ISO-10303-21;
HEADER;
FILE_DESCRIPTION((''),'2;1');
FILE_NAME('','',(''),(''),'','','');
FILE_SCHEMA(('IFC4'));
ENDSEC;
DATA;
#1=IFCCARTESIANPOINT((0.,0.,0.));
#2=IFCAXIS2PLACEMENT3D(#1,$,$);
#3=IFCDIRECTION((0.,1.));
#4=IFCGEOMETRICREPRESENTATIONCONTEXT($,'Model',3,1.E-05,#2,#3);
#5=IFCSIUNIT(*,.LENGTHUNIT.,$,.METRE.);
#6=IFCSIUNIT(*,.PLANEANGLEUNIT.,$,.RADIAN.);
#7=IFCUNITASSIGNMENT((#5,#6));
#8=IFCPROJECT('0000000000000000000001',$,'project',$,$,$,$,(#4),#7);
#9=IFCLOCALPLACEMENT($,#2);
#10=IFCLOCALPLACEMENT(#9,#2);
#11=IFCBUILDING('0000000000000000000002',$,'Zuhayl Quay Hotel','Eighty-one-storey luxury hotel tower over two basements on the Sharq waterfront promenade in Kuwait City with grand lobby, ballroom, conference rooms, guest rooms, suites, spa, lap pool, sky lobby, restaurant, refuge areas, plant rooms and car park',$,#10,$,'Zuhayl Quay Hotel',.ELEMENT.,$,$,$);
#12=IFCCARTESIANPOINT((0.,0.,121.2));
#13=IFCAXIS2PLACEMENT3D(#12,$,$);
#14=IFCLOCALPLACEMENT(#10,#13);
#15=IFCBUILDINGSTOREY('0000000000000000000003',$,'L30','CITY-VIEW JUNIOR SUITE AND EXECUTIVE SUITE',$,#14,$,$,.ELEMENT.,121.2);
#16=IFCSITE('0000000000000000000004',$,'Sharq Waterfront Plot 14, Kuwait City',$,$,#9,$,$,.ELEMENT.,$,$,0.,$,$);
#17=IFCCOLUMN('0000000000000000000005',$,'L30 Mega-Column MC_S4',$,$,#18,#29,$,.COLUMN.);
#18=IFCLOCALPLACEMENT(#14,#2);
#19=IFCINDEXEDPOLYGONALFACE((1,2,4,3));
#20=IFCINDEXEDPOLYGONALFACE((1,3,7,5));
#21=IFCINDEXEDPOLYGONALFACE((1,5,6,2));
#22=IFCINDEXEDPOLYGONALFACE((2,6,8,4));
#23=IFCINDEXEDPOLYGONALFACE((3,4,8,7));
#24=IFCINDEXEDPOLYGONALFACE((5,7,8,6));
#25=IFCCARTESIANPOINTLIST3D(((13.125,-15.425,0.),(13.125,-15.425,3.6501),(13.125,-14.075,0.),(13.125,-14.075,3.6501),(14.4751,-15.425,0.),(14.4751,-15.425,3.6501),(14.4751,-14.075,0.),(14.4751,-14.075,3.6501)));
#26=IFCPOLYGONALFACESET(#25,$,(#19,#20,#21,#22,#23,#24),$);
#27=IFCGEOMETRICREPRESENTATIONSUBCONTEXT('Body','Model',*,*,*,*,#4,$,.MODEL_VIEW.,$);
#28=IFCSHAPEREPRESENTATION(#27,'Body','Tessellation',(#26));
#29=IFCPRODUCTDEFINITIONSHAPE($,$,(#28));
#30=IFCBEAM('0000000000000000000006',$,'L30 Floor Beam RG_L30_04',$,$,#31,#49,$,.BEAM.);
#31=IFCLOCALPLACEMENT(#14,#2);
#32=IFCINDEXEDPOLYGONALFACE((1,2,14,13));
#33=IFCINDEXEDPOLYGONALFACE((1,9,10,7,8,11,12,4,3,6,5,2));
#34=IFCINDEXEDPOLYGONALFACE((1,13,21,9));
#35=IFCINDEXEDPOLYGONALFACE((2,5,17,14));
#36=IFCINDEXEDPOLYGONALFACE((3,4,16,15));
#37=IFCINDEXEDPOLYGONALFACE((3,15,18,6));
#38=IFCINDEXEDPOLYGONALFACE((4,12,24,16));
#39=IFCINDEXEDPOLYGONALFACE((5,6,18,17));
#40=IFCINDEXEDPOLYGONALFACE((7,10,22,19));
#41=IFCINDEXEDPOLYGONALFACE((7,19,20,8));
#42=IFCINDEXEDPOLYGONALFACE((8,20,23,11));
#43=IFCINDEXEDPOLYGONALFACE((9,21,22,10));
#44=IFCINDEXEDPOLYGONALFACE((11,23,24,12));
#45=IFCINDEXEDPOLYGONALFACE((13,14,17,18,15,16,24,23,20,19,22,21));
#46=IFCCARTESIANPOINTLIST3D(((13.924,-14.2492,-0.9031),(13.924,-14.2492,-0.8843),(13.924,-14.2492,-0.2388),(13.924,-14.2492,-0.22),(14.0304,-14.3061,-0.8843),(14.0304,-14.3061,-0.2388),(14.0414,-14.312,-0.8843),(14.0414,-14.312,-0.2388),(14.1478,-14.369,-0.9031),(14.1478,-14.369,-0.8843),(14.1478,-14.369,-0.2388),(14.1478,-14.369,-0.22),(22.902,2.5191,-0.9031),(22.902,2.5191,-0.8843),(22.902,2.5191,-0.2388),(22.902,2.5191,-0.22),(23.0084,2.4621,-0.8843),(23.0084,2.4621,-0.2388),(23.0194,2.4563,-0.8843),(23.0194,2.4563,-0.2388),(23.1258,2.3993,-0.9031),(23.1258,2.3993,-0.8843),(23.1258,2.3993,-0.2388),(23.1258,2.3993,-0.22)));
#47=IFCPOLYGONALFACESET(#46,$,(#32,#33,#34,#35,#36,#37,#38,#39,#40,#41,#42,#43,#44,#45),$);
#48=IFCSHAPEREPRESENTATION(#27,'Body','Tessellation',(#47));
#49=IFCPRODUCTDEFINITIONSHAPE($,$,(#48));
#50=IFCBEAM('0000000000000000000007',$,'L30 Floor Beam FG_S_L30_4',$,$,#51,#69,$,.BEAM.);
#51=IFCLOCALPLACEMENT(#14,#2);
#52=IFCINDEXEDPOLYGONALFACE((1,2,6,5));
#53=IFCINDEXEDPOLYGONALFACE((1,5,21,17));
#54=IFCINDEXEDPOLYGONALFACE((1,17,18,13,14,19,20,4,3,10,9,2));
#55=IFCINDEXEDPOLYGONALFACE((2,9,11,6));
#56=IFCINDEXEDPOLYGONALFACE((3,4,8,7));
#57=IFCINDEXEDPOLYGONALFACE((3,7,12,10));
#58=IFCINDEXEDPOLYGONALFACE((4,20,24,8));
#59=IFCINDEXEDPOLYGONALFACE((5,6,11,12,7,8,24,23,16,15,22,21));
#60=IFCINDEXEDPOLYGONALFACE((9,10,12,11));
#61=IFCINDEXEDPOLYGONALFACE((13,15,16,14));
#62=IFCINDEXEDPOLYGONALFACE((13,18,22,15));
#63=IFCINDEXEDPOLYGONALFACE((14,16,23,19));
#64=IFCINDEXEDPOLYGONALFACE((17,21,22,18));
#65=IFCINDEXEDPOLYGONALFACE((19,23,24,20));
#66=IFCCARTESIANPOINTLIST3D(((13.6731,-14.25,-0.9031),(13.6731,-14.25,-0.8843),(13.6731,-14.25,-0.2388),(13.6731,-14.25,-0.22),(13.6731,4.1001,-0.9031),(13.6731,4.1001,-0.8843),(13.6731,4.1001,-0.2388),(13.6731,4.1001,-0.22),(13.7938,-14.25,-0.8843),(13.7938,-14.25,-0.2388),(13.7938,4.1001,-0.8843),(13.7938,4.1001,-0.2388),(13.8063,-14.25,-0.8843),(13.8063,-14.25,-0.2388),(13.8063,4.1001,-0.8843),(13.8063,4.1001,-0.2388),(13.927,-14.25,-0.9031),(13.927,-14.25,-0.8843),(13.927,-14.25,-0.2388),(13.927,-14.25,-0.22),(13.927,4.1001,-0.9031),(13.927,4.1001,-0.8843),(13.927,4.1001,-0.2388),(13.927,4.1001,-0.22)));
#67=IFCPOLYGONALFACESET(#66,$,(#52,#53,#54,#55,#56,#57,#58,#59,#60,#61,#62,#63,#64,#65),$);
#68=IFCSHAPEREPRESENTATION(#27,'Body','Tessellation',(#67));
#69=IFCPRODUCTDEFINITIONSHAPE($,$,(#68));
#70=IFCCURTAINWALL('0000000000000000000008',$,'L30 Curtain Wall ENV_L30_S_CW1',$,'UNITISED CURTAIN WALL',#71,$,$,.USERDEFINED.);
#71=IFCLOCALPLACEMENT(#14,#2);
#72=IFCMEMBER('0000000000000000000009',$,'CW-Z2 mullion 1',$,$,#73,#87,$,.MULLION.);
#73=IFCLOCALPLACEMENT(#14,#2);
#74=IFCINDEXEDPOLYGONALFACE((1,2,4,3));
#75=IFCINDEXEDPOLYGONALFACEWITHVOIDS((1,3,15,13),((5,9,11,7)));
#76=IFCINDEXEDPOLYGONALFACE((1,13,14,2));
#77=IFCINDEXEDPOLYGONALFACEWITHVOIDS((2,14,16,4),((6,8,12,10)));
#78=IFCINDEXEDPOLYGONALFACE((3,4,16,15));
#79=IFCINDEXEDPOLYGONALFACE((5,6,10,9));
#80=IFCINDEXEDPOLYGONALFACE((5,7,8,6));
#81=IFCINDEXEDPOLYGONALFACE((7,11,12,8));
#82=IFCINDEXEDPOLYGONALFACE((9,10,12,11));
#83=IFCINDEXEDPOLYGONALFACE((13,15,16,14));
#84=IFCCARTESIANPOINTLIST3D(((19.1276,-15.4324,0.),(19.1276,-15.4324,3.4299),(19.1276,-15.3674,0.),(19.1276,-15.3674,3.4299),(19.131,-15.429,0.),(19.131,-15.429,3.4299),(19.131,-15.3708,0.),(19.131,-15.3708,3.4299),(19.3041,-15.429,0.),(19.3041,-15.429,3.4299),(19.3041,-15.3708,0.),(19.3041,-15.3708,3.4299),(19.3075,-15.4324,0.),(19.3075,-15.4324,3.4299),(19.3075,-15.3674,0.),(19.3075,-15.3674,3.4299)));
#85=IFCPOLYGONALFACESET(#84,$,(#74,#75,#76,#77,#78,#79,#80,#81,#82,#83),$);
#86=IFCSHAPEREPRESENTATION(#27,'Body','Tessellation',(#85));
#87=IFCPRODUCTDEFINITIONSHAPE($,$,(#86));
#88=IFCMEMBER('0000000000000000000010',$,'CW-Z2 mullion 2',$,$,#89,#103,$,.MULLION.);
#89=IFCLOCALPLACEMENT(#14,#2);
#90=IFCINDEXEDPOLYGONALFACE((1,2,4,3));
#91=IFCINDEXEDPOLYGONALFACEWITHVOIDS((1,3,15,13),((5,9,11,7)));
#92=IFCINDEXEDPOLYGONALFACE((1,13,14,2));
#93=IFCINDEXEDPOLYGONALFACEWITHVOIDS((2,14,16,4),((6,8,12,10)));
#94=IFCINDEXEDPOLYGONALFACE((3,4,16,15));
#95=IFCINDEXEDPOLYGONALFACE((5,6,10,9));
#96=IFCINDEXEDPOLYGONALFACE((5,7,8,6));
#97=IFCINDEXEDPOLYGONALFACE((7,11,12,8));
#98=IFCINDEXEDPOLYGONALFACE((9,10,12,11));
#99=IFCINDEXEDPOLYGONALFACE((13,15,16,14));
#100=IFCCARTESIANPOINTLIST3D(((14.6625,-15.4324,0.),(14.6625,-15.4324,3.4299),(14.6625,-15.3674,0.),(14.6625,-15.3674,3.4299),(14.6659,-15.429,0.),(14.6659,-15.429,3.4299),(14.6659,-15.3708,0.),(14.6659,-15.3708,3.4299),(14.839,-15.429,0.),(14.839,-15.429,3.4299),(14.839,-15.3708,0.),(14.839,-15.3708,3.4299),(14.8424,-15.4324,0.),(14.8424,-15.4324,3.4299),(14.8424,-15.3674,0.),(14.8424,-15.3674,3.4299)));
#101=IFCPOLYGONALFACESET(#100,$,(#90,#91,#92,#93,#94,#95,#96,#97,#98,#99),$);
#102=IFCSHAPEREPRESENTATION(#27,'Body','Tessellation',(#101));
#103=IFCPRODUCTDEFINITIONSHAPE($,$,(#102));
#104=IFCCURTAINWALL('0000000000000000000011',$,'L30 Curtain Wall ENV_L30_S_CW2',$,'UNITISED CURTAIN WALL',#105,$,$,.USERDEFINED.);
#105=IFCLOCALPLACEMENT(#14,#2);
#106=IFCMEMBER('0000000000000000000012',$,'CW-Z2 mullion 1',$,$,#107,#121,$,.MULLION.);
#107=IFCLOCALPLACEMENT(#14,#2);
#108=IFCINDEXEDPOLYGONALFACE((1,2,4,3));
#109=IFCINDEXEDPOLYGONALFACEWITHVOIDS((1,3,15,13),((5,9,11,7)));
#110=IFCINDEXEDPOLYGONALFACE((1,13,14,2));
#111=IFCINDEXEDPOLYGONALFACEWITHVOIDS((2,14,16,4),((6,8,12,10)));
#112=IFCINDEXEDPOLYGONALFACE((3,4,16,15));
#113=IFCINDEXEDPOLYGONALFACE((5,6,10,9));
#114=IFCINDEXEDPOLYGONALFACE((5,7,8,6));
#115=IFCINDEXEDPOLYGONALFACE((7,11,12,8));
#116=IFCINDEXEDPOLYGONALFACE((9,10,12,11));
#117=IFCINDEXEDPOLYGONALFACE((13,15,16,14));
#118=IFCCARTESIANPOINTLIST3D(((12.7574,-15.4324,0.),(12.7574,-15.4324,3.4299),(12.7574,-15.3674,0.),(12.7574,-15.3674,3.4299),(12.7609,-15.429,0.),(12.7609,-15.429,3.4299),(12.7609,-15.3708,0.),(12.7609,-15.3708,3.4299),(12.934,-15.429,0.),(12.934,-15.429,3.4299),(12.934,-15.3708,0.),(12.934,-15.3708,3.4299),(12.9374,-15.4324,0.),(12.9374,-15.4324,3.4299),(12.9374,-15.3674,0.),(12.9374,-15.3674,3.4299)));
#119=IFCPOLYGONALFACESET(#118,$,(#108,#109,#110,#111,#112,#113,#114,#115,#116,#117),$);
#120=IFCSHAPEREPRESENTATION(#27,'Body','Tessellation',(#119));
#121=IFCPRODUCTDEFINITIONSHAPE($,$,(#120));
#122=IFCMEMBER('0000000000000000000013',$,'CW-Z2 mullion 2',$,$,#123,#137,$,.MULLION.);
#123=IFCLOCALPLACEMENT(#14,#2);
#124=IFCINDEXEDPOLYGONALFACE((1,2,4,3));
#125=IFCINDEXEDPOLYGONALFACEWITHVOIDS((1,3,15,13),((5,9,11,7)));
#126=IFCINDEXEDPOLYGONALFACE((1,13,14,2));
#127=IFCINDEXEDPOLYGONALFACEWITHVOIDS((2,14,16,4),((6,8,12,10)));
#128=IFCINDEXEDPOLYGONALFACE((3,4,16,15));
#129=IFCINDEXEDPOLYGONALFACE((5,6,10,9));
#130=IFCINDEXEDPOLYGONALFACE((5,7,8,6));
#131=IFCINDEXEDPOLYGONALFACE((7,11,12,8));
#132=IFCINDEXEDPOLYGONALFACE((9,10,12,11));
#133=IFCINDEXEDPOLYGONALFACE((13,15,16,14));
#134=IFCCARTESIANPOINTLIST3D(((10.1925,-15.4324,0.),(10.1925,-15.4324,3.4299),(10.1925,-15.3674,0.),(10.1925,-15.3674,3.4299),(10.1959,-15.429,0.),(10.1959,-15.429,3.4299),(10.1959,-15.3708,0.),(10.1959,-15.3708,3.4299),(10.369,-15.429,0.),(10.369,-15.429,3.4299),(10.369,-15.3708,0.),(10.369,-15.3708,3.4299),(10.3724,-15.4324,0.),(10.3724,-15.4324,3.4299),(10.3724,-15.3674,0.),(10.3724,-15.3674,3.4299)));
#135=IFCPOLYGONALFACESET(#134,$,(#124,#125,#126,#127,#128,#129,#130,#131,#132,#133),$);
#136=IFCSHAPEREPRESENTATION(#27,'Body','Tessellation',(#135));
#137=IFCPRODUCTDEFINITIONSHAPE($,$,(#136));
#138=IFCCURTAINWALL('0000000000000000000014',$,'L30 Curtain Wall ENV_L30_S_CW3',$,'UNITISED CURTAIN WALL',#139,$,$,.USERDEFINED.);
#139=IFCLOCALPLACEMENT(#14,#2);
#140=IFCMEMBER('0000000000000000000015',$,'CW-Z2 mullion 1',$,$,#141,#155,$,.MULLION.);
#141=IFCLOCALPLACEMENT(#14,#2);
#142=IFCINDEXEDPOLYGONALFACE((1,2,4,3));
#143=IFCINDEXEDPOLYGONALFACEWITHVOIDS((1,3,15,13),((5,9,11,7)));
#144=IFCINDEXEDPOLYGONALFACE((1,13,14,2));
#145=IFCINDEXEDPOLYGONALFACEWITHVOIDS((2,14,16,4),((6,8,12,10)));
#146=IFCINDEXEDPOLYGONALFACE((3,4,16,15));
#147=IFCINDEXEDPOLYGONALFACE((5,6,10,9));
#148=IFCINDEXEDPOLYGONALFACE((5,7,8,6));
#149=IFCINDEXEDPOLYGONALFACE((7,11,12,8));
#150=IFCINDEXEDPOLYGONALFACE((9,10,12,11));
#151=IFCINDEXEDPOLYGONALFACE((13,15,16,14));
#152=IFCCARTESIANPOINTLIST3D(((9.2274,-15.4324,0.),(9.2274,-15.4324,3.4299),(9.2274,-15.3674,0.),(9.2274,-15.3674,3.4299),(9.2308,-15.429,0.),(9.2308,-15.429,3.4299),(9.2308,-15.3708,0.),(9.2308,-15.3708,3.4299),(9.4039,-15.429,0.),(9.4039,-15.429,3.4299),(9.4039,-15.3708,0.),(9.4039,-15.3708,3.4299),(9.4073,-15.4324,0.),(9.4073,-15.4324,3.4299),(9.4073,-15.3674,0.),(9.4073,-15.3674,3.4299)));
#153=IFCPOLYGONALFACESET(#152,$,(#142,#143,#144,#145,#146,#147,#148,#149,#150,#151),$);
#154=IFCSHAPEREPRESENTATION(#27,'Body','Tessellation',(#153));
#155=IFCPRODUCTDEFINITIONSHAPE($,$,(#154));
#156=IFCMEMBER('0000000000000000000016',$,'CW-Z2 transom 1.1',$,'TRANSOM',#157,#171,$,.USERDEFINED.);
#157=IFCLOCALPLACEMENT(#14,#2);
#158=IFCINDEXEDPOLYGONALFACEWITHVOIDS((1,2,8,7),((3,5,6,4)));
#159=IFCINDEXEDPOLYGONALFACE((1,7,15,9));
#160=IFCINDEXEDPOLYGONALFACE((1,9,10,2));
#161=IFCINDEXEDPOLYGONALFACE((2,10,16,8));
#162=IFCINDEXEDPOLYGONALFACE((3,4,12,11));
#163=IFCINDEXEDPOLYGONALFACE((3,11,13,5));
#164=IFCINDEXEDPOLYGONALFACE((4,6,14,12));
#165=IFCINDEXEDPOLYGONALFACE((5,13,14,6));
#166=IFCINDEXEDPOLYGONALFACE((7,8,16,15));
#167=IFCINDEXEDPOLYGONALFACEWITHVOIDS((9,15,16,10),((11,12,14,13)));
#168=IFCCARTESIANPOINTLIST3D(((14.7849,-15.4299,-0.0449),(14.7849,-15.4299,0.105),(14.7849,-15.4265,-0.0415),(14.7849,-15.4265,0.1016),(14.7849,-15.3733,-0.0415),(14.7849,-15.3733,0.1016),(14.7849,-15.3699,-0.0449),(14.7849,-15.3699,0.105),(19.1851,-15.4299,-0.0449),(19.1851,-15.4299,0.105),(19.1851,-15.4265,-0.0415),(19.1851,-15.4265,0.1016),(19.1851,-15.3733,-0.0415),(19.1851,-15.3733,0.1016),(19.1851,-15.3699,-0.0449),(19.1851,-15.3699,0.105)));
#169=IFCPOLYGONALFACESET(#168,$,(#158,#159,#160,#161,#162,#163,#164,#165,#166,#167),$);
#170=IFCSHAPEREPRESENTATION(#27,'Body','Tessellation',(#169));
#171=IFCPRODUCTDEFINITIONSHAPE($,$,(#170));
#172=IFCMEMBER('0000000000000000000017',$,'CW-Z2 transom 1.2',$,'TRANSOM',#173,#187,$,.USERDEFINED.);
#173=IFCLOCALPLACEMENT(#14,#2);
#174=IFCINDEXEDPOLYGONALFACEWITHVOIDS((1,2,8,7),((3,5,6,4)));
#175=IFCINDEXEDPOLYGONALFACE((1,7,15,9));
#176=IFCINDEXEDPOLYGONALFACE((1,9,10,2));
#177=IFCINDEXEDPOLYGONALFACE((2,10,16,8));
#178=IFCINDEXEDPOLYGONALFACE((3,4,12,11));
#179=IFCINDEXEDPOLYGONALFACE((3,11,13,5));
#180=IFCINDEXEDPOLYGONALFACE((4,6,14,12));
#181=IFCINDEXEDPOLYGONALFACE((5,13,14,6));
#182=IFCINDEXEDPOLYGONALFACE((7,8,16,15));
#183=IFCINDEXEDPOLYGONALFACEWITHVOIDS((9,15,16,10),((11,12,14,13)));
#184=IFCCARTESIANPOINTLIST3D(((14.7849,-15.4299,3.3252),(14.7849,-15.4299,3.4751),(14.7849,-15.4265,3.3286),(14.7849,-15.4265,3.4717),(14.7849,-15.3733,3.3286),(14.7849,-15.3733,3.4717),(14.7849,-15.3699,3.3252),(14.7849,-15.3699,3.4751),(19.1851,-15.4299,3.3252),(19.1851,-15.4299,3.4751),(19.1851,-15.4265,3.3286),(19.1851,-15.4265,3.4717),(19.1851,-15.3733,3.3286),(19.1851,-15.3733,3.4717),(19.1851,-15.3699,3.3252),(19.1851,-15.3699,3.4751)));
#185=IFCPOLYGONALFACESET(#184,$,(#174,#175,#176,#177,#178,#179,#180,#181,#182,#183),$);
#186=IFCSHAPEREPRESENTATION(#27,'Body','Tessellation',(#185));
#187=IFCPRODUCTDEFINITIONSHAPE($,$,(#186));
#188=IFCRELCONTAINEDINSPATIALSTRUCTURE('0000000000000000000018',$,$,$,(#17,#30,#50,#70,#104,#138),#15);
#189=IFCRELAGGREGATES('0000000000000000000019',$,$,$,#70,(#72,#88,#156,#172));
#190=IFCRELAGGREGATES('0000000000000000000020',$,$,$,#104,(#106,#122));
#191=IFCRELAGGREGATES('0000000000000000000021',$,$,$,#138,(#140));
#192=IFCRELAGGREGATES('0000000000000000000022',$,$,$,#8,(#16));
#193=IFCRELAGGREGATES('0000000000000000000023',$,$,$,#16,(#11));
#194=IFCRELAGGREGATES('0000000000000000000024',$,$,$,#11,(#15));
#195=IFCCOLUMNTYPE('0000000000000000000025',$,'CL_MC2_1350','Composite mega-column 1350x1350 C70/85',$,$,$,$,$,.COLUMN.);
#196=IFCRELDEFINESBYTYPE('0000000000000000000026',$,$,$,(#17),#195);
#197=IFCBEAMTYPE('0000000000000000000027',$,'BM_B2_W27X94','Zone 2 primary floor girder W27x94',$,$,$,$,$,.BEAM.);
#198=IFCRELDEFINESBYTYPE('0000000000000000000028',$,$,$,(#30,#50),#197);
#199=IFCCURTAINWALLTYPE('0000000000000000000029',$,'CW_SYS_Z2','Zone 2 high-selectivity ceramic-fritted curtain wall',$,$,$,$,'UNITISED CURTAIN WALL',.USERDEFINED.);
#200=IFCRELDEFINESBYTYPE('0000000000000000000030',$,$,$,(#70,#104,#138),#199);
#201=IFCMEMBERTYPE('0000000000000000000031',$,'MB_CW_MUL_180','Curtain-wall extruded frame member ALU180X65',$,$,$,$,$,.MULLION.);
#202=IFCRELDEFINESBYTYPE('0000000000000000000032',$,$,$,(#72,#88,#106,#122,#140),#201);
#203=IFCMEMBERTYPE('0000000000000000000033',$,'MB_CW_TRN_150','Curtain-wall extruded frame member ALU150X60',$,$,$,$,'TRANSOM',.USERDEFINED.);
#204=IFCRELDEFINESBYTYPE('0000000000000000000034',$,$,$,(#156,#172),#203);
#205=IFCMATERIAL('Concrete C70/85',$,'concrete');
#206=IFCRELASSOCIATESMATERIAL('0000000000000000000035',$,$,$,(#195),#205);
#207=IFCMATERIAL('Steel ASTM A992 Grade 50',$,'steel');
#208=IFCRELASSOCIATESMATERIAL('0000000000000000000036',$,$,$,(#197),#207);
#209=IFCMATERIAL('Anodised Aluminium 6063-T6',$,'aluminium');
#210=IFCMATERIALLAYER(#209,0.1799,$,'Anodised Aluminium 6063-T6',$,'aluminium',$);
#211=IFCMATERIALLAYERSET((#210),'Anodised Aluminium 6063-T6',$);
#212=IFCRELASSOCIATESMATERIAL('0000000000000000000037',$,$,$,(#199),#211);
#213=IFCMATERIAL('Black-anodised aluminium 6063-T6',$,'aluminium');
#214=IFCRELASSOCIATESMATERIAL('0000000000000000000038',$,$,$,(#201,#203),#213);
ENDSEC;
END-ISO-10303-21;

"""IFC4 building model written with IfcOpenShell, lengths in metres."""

from ifc_helpers import new_model, si_unit, direction, frame, origin, origin_2d, place, context, subcontext, project, spatial, rectangle, hollow_rectangle, i_section, extrude, material, layer, layer_set, material_profile, profile_set, type_object, element, aggregate, save


model = new_model("IFC4")

# Units and contexts
model_context = context("Model", 3, precision=1e-05, world=origin(), true_north=direction((0.0, 1.0)))
body_context = subcontext(model_context, "Body", "Model", "MODEL_VIEW")
ifc_project = project(units=[si_unit("LENGTHUNIT", "METRE"), si_unit("PLANEANGLEUNIT", "RADIAN")], contexts=[model_context])

# Site, building, storey
site_placement = place(None, origin())
site = spatial("IfcSite", under=ifc_project, at=site_placement, Name="Sharq Waterfront Plot 14, Kuwait City", CompositionType="ELEMENT", RefElevation=0.0)
building_placement = place(site_placement, origin())
building = spatial("IfcBuilding", under=site, at=building_placement, Name="Zuhayl Quay Hotel", Description="Eighty-one-storey luxury hotel tower over two basements on the Sharq waterfront promenade in Kuwait City with grand lobby, ballroom, conference rooms, guest rooms, suites, spa, lap pool, sky lobby, restaurant, refuge areas, plant rooms and car park", LongName="Zuhayl Quay Hotel", CompositionType="ELEMENT")
storey_placement = place(building_placement, frame((0.0, 0.0, 121.2)))
storey = spatial("IfcBuildingStorey", under=building, at=storey_placement, Name="L30", Description="CITY-VIEW JUNIOR SUITE AND EXECUTIVE SUITE", CompositionType="ELEMENT", Elevation=121.2)

# Column
ifc_material_1 = material(Name="Concrete C70/85", Category="concrete")
ifc_material_profile_1 = material_profile(ifc_material_1, rectangle(XDim=1.3501, YDim=1.3501, at=origin_2d()), Name="RC1350X1350")
ifc_profile_set_1 = profile_set([ifc_material_profile_1], Name="Concrete C70/85")
column_type = type_object("IfcColumnType", Name="CL_MC2_1350", Description="Composite mega-column 1350x1350 C70/85", PredefinedType="COLUMN", material=ifc_profile_set_1)
column_placement = place(storey_placement, frame((13.8, -14.75, 0.0), z_axis=(0.0, 0.0, 1.0), x_axis=(1.0, 0.0, 0.0)))
element("IfcColumn", 1, at=column_placement, inside=storey, type_object=column_type, Name="L30 Mega-Column MC_S4", PredefinedType="COLUMN", context=body_context, shape_type="SweptSolid", body=[
    extrude(rectangle(XDim=1.3501, YDim=1.3501, at=origin_2d()), origin(), (0.0, 0.0, 1.0), 3.6501),
])

# Beams
ifc_material_2 = material(Name="Steel ASTM A992 Grade 50", Category="steel")
ifc_material_profile_2 = material_profile(ifc_material_2, i_section(OverallWidth=0.2539, OverallDepth=0.6831, WebThickness=0.0125, FlangeThickness=0.0188, at=origin_2d()), Name="W27X94")
ifc_profile_set_2 = profile_set([ifc_material_profile_2], Name="Steel ASTM A992 Grade 50")
beam_type = type_object("IfcBeamType", Name="BM_B2_W27X94", Description="Zone 2 primary floor girder W27x94", PredefinedType="BEAM", material=ifc_profile_set_2)
beam_1_placement = place(storey_placement, frame((14.0359, -14.3091, -0.5615), z_axis=(0.472017, 0.881589, 0.0), x_axis=(-0.881589, 0.472017, 0.0)))
element("IfcBeam", 2, at=beam_1_placement, inside=storey, type_object=beam_type, Name="L30 Floor Beam RG_L30_04", PredefinedType="BEAM", context=body_context, shape_type="SweptSolid", body=[
    extrude(i_section(OverallWidth=0.2539, OverallDepth=0.6831, WebThickness=0.0125, FlangeThickness=0.0188, at=origin_2d()), origin(), (0.0, 0.0, 1.0), 19.0205),
])
beam_2_placement = place(storey_placement, frame((13.8, -14.25, -0.5615), z_axis=(0.0, 1.0, 0.0), x_axis=(-1.0, 0.0, 0.0)))
element("IfcBeam", 3, at=beam_2_placement, inside=storey, type_object=beam_type, Name="L30 Floor Beam FG_S_L30_4", PredefinedType="BEAM", context=body_context, shape_type="SweptSolid", body=[
    extrude(i_section(OverallWidth=0.2539, OverallDepth=0.6831, WebThickness=0.0125, FlangeThickness=0.0188, at=origin_2d()), origin(), (0.0, 0.0, 1.0), 18.3501),
])

# Curtain walls, members
ifc_material_3 = material(Name="Anodised Aluminium 6063-T6", Category="aluminium")
ifc_layer_1 = layer(ifc_material_3, 0.1799, Name="Anodised Aluminium 6063-T6", Category="aluminium")
ifc_layer_set_1 = layer_set([ifc_layer_1], Name="Anodised Aluminium 6063-T6")
curtain_wall_type = type_object("IfcCurtainWallType", Name="CW_SYS_Z2", Description="Zone 2 high-selectivity ceramic-fritted curtain wall", ElementType="UNITISED CURTAIN WALL", PredefinedType="USERDEFINED", material=ifc_layer_set_1)
curtain_wall_1_placement = place(storey_placement, origin())
curtain_wall_1 = element("IfcCurtainWall", 4, at=curtain_wall_1_placement, inside=storey, type_object=curtain_wall_type, Name="L30 Curtain Wall ENV_L30_S_CW1", ObjectType="UNITISED CURTAIN WALL", PredefinedType="USERDEFINED")
ifc_material_4 = material(Name="Black-anodised aluminium 6063-T6", Category="aluminium")
ifc_material_profile_3 = material_profile(ifc_material_4, hollow_rectangle(XDim=0.0649, YDim=0.1799, WallThickness=0.0034, at=origin_2d()), Name="ALU180X65")
ifc_profile_set_3 = profile_set([ifc_material_profile_3], Name="Black-anodised aluminium 6063-T6")
member_type_1 = type_object("IfcMemberType", Name="MB_CW_MUL_180", Description="Curtain-wall extruded frame member ALU180X65", PredefinedType="MULLION", material=ifc_profile_set_3)
member_1_placement = place(storey_placement, frame((19.2175, -15.3999, 0.0), z_axis=(0.0, 0.0, 1.0), x_axis=(0.0, -1.0, 0.0)))
member_1 = element("IfcMember", 5, at=member_1_placement, type_object=member_type_1, Name="CW-Z2 mullion 1", PredefinedType="MULLION", context=body_context, shape_type="SweptSolid", body=[
    extrude(hollow_rectangle(XDim=0.0649, YDim=0.1799, WallThickness=0.0034, at=origin_2d()), origin(), (0.0, 0.0, 1.0), 3.4299),
])
member_2_placement = place(storey_placement, frame((14.7524, -15.3999, 0.0), z_axis=(0.0, 0.0, 1.0), x_axis=(0.0, -1.0, 0.0)))
member_2 = element("IfcMember", 6, at=member_2_placement, type_object=member_type_1, Name="CW-Z2 mullion 2", PredefinedType="MULLION", context=body_context, shape_type="SweptSolid", body=[
    extrude(hollow_rectangle(XDim=0.0649, YDim=0.1799, WallThickness=0.0034, at=origin_2d()), origin(), (0.0, 0.0, 1.0), 3.4299),
])
curtain_wall_2_placement = place(storey_placement, origin())
curtain_wall_2 = element("IfcCurtainWall", 7, at=curtain_wall_2_placement, inside=storey, type_object=curtain_wall_type, Name="L30 Curtain Wall ENV_L30_S_CW2", ObjectType="UNITISED CURTAIN WALL", PredefinedType="USERDEFINED")
member_3_placement = place(storey_placement, frame((12.8474, -15.3999, 0.0), z_axis=(0.0, 0.0, 1.0), x_axis=(0.0, -1.0, 0.0)))
member_3 = element("IfcMember", 8, at=member_3_placement, type_object=member_type_1, Name="CW-Z2 mullion 1", PredefinedType="MULLION", context=body_context, shape_type="SweptSolid", body=[
    extrude(hollow_rectangle(XDim=0.0649, YDim=0.1799, WallThickness=0.0034, at=origin_2d()), origin(), (0.0, 0.0, 1.0), 3.4299),
])
member_4_placement = place(storey_placement, frame((10.2825, -15.3999, 0.0), z_axis=(0.0, 0.0, 1.0), x_axis=(0.0, -1.0, 0.0)))
member_4 = element("IfcMember", 9, at=member_4_placement, type_object=member_type_1, Name="CW-Z2 mullion 2", PredefinedType="MULLION", context=body_context, shape_type="SweptSolid", body=[
    extrude(hollow_rectangle(XDim=0.0649, YDim=0.1799, WallThickness=0.0034, at=origin_2d()), origin(), (0.0, 0.0, 1.0), 3.4299),
])

# Curtain wall, member
curtain_wall_3_placement = place(storey_placement, origin())
curtain_wall_3 = element("IfcCurtainWall", 10, at=curtain_wall_3_placement, inside=storey, type_object=curtain_wall_type, Name="L30 Curtain Wall ENV_L30_S_CW3", ObjectType="UNITISED CURTAIN WALL", PredefinedType="USERDEFINED")
member_5_placement = place(storey_placement, frame((9.3174, -15.3999, 0.0), z_axis=(0.0, 0.0, 1.0), x_axis=(0.0, -1.0, 0.0)))
member_5 = element("IfcMember", 11, at=member_5_placement, type_object=member_type_1, Name="CW-Z2 mullion 1", PredefinedType="MULLION", context=body_context, shape_type="SweptSolid", body=[
    extrude(hollow_rectangle(XDim=0.0649, YDim=0.1799, WallThickness=0.0034, at=origin_2d()), origin(), (0.0, 0.0, 1.0), 3.4299),
])

# Members
ifc_material_profile_4 = material_profile(ifc_material_4, hollow_rectangle(XDim=0.0601, YDim=0.1499, WallThickness=0.0034, at=origin_2d()), Name="ALU150X60")
ifc_profile_set_4 = profile_set([ifc_material_profile_4], Name="Black-anodised aluminium 6063-T6")
member_type_2 = type_object("IfcMemberType", Name="MB_CW_TRN_150", Description="Curtain-wall extruded frame member ALU150X60", ElementType="TRANSOM", PredefinedType="USERDEFINED", material=ifc_profile_set_4)
member_6_placement = place(storey_placement, frame((19.1851, -15.3999, 0.03), z_axis=(-1.0, 0.0, 0.0), x_axis=(0.0, -1.0, 0.0)))
member_6 = element("IfcMember", 12, at=member_6_placement, type_object=member_type_2, Name="CW-Z2 transom 1.1", ObjectType="TRANSOM", PredefinedType="USERDEFINED", context=body_context, shape_type="SweptSolid", body=[
    extrude(hollow_rectangle(XDim=0.0601, YDim=0.1499, WallThickness=0.0034, at=origin_2d()), origin(), (0.0, 0.0, 1.0), 4.4001),
])
member_7_placement = place(storey_placement, frame((19.1851, -15.3999, 3.4001), z_axis=(-1.0, 0.0, 0.0), x_axis=(0.0, -1.0, 0.0)))
member_7 = element("IfcMember", 13, at=member_7_placement, type_object=member_type_2, Name="CW-Z2 transom 1.2", ObjectType="TRANSOM", PredefinedType="USERDEFINED", context=body_context, shape_type="SweptSolid", body=[
    extrude(hollow_rectangle(XDim=0.0601, YDim=0.1499, WallThickness=0.0034, at=origin_2d()), origin(), (0.0, 0.0, 1.0), 4.4001),
])

aggregate(curtain_wall_1, [member_1, member_2, member_6, member_7])
aggregate(curtain_wall_2, [member_3, member_4])
aggregate(curtain_wall_3, [member_5])

save(model, "model.ifc")
